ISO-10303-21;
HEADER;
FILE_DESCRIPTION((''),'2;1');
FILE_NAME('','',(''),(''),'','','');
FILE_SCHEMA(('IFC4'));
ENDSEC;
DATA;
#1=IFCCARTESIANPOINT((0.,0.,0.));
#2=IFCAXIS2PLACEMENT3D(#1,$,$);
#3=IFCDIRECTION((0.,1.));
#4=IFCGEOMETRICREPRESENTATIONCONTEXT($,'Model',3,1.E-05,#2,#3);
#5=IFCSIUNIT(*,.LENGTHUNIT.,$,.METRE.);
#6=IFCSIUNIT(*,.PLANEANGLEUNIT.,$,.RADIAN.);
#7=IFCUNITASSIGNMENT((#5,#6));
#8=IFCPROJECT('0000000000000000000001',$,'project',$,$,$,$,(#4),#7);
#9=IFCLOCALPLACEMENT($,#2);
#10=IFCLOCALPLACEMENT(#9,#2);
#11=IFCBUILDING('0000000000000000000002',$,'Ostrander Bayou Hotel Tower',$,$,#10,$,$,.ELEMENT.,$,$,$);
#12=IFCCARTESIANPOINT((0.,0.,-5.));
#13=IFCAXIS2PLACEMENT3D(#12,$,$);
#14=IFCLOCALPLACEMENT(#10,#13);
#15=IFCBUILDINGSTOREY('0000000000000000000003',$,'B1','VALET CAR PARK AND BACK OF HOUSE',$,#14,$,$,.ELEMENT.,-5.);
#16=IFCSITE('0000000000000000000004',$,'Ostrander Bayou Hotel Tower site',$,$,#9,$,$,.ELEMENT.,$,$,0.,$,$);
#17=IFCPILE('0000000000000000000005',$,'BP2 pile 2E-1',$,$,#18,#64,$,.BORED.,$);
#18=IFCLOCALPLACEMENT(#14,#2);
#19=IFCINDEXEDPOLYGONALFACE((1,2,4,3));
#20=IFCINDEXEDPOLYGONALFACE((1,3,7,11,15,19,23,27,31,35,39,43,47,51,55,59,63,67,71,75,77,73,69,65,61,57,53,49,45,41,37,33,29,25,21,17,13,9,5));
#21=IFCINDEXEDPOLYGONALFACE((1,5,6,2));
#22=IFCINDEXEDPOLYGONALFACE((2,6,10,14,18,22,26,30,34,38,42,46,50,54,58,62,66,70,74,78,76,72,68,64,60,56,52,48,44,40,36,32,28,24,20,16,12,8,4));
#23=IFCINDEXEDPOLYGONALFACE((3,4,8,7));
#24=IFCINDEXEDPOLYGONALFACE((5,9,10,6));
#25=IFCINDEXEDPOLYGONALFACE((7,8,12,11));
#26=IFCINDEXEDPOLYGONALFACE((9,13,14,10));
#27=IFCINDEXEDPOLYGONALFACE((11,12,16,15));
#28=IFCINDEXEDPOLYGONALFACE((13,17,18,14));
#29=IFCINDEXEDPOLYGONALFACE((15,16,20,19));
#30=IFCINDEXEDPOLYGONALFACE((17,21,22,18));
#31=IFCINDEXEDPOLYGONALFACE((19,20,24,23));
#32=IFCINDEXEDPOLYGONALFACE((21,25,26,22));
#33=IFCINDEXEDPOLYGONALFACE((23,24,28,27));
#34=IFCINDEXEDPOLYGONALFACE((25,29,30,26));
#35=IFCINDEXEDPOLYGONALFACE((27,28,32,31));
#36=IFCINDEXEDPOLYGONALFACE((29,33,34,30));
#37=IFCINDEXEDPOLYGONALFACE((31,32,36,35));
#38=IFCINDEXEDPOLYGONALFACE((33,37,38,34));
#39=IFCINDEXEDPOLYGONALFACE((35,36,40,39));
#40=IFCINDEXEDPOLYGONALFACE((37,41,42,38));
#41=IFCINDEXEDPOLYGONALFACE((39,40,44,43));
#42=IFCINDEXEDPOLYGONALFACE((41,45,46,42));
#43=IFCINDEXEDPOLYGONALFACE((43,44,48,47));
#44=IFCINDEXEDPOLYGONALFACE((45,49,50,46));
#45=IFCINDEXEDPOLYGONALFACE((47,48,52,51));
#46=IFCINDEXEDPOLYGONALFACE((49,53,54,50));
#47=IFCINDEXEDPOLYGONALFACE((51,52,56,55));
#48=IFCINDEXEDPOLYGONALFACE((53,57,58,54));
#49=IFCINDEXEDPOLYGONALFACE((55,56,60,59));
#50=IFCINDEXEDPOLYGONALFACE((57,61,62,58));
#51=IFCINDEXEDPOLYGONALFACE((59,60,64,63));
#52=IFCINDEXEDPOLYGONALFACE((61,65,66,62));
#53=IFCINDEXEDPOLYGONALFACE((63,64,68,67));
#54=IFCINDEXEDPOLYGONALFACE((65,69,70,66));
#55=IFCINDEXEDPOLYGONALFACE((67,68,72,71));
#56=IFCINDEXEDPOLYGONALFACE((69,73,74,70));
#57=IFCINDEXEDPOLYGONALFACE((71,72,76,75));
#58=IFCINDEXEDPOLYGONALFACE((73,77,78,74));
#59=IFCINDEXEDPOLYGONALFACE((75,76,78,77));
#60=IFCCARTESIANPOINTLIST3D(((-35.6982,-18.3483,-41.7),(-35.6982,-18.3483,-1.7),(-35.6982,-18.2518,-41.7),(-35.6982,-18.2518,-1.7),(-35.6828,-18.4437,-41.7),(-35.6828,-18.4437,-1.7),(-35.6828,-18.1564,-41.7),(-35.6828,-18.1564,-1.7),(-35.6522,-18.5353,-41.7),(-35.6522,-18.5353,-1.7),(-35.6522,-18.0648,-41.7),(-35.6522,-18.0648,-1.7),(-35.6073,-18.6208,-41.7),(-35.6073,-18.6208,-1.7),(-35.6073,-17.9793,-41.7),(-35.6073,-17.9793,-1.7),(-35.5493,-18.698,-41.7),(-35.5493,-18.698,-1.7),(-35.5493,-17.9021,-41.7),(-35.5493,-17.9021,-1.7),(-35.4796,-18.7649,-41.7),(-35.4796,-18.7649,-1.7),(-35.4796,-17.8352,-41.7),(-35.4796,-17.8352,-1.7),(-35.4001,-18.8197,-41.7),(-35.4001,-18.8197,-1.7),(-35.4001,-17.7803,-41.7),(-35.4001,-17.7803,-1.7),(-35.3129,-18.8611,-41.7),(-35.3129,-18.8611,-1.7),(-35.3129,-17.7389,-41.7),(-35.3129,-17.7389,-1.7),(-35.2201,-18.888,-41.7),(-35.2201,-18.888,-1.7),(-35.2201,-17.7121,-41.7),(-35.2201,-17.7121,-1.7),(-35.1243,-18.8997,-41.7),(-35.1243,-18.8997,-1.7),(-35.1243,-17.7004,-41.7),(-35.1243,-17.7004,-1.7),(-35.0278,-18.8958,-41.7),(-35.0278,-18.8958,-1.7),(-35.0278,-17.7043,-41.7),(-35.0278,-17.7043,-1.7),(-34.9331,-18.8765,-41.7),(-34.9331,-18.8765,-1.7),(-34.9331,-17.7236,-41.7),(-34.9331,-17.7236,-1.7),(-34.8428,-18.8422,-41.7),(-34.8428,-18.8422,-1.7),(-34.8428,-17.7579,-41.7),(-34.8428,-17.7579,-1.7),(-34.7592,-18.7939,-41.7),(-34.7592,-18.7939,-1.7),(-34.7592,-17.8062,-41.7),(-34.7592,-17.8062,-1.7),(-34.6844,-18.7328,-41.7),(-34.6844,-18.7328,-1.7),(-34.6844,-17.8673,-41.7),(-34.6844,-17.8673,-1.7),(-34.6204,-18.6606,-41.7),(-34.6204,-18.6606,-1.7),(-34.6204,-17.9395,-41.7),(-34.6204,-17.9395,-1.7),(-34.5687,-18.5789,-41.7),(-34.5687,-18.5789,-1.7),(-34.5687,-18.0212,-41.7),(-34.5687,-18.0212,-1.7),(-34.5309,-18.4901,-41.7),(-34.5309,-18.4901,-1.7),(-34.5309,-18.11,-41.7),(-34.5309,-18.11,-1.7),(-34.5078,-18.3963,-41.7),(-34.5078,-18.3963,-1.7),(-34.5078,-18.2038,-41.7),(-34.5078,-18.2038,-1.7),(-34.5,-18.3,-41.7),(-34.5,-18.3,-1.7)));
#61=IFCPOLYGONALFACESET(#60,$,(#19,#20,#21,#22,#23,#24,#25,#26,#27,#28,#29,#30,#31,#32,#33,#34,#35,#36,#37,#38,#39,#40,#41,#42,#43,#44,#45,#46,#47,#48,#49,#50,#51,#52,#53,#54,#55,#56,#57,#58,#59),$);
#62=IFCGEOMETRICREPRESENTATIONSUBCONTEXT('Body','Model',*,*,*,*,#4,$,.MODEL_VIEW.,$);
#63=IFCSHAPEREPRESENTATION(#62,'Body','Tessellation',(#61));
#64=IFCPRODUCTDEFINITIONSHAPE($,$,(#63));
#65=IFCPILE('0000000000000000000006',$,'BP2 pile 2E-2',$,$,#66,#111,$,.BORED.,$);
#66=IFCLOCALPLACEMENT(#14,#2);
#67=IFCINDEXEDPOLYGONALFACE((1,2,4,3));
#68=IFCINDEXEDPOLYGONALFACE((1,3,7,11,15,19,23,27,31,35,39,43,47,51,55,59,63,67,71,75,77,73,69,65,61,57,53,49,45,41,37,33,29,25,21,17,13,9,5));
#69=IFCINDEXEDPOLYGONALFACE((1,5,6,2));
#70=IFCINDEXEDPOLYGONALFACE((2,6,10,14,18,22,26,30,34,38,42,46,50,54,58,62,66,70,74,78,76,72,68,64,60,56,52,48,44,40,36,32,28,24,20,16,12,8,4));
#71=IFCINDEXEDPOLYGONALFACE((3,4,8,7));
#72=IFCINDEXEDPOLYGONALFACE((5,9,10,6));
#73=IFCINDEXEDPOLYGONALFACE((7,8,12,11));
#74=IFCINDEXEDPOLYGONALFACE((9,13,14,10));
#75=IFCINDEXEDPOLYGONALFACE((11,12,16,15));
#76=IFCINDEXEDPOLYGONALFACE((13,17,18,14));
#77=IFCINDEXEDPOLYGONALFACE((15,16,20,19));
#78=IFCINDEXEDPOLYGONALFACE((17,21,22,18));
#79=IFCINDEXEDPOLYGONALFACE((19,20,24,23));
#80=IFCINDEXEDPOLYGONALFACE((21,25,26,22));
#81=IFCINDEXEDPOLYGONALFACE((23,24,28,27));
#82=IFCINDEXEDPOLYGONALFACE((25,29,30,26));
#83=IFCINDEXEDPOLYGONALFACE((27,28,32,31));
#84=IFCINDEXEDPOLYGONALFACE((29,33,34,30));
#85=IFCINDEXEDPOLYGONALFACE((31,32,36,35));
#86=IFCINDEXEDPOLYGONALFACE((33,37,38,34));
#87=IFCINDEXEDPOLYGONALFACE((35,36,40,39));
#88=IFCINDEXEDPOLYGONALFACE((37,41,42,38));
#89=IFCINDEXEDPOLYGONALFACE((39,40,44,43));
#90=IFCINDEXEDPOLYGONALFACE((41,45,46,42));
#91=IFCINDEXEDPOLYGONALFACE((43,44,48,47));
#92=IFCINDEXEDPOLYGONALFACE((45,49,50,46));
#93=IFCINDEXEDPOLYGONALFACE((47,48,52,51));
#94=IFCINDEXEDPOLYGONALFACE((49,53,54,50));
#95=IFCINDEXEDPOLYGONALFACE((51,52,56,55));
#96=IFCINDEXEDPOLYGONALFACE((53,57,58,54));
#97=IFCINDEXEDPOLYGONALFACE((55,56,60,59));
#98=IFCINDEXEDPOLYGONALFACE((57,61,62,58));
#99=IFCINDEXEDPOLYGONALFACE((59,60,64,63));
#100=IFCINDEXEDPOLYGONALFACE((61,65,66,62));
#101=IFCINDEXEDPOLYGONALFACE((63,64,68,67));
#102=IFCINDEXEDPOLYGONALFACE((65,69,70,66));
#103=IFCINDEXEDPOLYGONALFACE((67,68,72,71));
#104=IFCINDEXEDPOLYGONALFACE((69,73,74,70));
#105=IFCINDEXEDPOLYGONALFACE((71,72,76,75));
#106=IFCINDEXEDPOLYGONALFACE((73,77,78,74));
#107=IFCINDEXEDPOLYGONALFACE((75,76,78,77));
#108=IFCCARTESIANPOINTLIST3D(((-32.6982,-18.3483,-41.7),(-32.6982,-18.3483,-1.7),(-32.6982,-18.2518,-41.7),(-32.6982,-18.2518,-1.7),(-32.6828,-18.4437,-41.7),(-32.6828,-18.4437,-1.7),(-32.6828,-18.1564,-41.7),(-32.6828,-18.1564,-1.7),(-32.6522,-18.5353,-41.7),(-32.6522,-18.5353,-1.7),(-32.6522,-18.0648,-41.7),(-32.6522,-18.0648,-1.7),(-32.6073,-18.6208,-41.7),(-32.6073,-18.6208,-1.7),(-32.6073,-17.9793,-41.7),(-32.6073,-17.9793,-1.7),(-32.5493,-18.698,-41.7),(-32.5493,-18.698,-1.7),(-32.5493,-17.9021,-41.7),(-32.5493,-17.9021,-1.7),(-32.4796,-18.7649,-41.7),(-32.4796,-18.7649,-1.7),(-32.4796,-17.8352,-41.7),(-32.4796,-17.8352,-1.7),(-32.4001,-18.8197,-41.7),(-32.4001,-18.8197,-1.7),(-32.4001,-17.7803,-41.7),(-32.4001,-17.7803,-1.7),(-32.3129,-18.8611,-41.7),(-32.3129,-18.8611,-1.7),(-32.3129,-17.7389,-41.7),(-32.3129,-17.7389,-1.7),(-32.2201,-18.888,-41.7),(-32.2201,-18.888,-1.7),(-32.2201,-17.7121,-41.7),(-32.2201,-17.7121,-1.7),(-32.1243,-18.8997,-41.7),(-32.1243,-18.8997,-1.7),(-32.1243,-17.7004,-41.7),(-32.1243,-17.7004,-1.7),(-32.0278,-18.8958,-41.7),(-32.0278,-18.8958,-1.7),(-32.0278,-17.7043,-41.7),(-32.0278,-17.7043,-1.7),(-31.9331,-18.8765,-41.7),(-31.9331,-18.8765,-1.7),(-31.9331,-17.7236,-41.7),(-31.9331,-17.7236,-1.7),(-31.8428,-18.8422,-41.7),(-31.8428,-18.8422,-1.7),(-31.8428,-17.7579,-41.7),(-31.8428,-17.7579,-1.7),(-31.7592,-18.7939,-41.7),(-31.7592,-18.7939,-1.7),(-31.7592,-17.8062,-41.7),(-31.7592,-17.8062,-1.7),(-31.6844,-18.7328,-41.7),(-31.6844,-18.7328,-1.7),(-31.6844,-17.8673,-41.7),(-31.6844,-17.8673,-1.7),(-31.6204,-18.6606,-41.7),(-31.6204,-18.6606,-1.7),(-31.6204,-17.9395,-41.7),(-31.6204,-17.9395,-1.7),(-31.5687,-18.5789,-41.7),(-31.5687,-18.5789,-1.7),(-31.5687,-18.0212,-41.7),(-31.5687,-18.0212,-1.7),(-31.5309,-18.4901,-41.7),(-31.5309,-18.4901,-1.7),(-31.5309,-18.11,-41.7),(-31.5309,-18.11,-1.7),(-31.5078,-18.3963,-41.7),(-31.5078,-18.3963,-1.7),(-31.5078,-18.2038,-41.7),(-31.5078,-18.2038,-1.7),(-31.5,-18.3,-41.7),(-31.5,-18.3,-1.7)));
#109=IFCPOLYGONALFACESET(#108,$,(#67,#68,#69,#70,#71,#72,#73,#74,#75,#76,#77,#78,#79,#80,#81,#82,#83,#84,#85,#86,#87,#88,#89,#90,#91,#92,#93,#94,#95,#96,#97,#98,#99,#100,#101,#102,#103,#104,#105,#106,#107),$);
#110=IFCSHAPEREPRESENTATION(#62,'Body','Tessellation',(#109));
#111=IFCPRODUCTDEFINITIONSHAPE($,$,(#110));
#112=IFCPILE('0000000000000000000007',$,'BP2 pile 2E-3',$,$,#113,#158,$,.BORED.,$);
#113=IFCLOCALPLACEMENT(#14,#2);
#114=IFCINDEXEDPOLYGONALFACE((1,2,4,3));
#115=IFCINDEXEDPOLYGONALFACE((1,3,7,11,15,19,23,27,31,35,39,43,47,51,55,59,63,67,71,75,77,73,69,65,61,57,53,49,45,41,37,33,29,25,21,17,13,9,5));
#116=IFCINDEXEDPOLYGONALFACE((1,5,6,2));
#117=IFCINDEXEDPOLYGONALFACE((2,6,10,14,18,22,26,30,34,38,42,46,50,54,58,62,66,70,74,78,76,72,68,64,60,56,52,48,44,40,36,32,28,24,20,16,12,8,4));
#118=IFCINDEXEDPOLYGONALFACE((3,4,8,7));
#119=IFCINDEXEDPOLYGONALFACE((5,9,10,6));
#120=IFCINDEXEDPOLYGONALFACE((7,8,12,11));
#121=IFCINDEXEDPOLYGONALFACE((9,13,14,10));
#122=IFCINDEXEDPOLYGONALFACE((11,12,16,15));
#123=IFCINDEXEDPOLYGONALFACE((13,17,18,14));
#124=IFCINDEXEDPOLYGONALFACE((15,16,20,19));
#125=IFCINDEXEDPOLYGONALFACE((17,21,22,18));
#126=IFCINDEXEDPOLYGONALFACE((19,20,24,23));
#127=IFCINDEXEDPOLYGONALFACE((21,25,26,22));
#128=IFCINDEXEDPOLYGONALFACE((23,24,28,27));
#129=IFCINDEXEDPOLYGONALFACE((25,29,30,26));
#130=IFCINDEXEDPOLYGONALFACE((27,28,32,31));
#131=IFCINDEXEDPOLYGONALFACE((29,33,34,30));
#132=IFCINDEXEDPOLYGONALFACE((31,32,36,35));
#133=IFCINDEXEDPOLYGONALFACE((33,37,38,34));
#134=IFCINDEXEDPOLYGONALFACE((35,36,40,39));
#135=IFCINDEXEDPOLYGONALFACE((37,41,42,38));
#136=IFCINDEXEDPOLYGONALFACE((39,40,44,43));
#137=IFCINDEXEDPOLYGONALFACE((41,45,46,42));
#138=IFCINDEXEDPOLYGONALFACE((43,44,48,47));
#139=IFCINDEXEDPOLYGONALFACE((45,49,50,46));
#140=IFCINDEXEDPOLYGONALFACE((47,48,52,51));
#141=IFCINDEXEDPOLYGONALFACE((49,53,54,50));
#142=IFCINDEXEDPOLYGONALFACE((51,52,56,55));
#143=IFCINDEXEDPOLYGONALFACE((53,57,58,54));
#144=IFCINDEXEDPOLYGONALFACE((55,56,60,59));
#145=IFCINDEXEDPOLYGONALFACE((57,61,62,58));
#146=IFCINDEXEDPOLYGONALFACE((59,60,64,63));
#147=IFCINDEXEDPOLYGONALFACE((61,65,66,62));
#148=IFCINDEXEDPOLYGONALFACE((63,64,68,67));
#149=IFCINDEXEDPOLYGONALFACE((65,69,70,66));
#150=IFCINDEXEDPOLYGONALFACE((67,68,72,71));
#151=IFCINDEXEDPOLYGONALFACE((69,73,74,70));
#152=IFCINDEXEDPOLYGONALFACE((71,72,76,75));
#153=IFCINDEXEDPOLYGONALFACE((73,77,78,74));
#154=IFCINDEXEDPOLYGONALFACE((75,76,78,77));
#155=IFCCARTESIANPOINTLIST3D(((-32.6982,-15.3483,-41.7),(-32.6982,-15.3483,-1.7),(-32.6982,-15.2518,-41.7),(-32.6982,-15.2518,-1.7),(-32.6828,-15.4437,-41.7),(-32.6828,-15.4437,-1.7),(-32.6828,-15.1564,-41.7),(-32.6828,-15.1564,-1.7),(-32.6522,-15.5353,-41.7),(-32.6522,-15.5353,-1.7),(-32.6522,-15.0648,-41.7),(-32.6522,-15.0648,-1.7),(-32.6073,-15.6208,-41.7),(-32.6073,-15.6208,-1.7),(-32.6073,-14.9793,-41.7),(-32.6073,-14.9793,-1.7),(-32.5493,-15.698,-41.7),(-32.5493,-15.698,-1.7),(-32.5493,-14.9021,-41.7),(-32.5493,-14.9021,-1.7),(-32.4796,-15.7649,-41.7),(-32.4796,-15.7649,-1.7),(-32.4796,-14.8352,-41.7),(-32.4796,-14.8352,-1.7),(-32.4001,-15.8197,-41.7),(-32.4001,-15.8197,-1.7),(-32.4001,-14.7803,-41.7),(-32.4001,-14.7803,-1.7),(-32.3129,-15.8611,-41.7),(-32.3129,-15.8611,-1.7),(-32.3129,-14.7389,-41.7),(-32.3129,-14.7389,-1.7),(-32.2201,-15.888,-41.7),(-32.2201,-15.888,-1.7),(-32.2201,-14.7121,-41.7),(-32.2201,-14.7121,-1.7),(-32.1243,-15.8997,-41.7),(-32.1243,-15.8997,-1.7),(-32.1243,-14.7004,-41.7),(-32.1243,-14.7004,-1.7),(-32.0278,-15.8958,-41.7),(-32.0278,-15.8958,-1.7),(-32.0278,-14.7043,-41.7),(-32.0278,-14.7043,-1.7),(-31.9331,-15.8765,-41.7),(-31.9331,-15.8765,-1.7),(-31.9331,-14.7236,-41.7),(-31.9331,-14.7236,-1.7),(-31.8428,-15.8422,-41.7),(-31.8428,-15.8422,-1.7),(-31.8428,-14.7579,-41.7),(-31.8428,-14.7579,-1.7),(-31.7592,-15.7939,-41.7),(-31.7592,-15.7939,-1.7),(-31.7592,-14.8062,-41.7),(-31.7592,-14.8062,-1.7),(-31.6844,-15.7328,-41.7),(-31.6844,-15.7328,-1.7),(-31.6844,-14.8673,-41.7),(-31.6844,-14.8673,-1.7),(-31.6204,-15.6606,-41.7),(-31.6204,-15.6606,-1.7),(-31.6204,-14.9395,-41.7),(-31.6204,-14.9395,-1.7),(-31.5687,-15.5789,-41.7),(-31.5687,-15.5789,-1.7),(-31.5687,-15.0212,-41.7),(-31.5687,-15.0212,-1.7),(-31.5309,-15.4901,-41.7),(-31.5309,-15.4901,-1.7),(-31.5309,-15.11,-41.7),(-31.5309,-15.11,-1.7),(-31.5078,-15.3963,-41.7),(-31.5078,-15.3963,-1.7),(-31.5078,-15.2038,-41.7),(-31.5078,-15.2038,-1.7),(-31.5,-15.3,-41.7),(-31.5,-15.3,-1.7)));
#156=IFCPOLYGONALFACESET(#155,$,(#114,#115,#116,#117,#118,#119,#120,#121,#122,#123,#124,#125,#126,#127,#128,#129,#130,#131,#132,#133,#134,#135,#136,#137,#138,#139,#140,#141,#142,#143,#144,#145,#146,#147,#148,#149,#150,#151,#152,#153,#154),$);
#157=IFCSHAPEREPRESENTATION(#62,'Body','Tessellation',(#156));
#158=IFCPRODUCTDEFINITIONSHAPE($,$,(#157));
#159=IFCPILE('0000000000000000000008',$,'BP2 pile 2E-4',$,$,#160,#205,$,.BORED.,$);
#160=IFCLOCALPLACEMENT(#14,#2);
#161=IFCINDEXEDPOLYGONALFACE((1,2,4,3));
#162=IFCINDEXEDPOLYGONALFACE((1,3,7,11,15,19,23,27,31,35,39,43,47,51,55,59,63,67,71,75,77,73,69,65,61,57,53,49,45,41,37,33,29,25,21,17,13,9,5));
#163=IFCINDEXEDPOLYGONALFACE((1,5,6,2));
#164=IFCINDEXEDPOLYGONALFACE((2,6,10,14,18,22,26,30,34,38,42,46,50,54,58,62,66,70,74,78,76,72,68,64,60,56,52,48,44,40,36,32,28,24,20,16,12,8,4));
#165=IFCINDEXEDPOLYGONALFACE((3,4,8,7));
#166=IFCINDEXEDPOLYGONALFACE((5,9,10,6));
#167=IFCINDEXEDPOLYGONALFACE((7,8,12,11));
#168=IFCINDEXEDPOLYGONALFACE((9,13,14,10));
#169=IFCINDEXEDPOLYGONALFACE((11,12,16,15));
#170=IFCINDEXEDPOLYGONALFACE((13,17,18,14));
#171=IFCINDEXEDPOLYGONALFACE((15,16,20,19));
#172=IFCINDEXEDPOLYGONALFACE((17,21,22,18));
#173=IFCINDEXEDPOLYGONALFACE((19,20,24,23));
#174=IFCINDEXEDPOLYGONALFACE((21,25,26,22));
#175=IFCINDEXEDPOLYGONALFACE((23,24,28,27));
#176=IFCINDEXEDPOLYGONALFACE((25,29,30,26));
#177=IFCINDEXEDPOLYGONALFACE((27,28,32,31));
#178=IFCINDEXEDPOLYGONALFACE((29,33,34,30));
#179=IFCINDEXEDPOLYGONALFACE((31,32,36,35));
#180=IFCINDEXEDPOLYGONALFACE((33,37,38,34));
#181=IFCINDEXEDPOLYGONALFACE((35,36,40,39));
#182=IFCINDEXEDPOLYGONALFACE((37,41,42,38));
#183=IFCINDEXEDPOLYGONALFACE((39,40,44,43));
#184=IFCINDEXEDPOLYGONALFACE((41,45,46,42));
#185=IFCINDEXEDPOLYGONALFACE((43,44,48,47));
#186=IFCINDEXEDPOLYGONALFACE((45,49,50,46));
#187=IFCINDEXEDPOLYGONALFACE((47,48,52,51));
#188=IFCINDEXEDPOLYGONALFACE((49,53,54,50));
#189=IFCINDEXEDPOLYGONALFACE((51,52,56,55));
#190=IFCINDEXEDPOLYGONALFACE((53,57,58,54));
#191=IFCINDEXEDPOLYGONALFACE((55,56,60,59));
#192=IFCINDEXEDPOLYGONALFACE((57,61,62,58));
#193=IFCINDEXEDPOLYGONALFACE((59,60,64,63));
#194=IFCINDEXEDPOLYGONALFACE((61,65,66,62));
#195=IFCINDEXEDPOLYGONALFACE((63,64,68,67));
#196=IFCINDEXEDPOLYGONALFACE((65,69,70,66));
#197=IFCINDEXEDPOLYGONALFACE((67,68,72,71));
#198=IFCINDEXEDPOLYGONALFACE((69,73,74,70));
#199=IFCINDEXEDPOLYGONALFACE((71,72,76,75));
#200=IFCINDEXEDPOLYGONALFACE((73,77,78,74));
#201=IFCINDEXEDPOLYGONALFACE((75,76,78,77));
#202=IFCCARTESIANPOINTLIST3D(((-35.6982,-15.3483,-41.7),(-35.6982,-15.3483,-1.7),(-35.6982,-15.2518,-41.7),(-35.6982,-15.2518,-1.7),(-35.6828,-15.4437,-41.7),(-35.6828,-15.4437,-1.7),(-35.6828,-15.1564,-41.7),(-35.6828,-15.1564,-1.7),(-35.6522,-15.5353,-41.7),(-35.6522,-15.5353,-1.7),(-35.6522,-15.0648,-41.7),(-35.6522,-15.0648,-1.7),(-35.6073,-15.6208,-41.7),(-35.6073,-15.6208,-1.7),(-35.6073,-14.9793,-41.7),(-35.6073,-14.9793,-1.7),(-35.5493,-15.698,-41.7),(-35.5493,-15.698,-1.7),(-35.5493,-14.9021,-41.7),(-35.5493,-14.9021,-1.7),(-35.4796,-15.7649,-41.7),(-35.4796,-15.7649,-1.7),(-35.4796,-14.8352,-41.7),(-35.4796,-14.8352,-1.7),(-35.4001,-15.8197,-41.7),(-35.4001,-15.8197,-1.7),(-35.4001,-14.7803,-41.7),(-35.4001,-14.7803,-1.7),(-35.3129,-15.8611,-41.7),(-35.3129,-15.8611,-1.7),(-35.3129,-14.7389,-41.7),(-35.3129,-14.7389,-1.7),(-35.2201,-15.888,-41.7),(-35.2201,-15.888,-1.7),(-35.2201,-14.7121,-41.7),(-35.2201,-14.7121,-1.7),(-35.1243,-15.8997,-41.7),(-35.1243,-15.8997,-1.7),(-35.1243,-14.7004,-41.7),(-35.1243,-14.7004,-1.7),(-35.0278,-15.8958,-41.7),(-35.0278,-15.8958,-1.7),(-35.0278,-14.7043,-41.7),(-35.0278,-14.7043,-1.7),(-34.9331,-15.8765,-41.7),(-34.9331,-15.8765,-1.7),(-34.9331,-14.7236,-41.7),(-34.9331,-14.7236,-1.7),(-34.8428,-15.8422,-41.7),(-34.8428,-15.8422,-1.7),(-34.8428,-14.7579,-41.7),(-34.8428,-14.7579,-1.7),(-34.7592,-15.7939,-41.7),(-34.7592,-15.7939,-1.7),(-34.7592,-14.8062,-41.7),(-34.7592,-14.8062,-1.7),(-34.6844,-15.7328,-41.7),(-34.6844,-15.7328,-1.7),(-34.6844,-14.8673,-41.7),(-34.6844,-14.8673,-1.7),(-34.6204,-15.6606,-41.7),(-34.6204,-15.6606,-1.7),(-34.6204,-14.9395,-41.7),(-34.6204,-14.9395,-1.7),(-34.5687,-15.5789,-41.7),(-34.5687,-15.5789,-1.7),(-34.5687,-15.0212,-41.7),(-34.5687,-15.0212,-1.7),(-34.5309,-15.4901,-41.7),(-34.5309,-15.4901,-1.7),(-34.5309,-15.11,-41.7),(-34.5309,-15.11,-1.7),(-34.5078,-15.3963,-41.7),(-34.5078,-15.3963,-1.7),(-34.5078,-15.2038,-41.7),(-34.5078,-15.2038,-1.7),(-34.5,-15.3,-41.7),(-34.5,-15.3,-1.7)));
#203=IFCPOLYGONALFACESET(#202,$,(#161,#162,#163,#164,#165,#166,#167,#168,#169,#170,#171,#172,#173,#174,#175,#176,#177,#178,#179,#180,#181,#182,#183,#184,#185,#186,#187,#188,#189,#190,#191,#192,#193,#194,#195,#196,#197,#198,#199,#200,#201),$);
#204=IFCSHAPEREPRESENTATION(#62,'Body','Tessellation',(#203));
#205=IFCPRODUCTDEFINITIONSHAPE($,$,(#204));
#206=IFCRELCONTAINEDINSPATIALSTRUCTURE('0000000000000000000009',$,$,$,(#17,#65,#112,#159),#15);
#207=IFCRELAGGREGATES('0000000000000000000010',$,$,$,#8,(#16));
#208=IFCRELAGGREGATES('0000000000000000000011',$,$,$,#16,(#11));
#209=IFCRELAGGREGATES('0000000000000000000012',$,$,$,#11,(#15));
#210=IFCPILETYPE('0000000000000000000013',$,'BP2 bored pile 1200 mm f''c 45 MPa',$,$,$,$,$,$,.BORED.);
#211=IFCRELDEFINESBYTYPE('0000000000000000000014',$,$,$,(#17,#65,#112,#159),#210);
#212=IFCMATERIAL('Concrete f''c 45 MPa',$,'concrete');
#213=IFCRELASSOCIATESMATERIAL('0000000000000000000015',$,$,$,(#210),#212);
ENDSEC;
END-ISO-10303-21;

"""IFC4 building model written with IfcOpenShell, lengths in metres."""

from ifc_helpers import new_model, si_unit, direction, frame, origin, origin_2d, place, context, subcontext, project, spatial, circle, extrude, material, material_profile, profile_set, type_object, element, save


model = new_model("IFC4")

# Units and contexts
model_context = context("Model", 3, precision=1e-05, world=origin(), true_north=direction((0.0, 1.0)))
body_context = subcontext(model_context, "Body", "Model", "MODEL_VIEW")
ifc_project = project(units=[si_unit("LENGTHUNIT", "METRE"), si_unit("PLANEANGLEUNIT", "RADIAN")], contexts=[model_context])

# Site, building, storey
site_placement = place(None, origin())
site = spatial("IfcSite", under=ifc_project, at=site_placement, Name="Ostrander Bayou Hotel Tower site", CompositionType="ELEMENT", RefElevation=0.0)
building_placement = place(site_placement, origin())
building = spatial("IfcBuilding", under=site, at=building_placement, Name="Ostrander Bayou Hotel Tower", CompositionType="ELEMENT")
storey_placement = place(building_placement, frame((0.0, 0.0, -5.0)))
storey = spatial("IfcBuildingStorey", under=building, at=storey_placement, Name="B1", Description="VALET CAR PARK AND BACK OF HOUSE", CompositionType="ELEMENT", Elevation=-5.0)

# Piles
ifc_material_1 = material(Name="Concrete f'c 45 MPa", Category="concrete")
ifc_material_profile_1 = material_profile(ifc_material_1, circle(Radius=0.6001, at=origin_2d()))
ifc_profile_set_1 = profile_set([ifc_material_profile_1], Name="Concrete f'c 45 MPa")
pile_type = type_object("IfcPileType", Name="BP2 bored pile 1200 mm f'c 45 MPa", PredefinedType="BORED", material=ifc_profile_set_1)
for number, where, z_axis, x_axis, name in (
    (1, (-35.1001, -18.3, -1.7), (0.0, 0.0, -1.0), (1.0, 0.0, 0.0), "BP2 pile 2E-1"),
    (2, (-32.1001, -18.3, -1.7), (0.0, 0.0, -1.0), (1.0, 0.0, 0.0), "BP2 pile 2E-2"),
    (3, (-32.1001, -15.3, -1.7), (0.0, 0.0, -1.0), (1.0, 0.0, 0.0), "BP2 pile 2E-3"),
    (4, (-35.1001, -15.3, -1.7), (0.0, 0.0, -1.0), (1.0, 0.0, 0.0), "BP2 pile 2E-4"),
):
    element("IfcPile", number, at=place(storey_placement, frame(where, z_axis=z_axis, x_axis=x_axis)), inside=storey, type_object=pile_type, Name=name, PredefinedType="BORED", context=body_context, shape_type="SweptSolid", body=[
        extrude(circle(Radius=0.6001, at=origin_2d()), origin(), (0.0, 0.0, 1.0), 40.0),
    ])

save(model, "model.ifc")
